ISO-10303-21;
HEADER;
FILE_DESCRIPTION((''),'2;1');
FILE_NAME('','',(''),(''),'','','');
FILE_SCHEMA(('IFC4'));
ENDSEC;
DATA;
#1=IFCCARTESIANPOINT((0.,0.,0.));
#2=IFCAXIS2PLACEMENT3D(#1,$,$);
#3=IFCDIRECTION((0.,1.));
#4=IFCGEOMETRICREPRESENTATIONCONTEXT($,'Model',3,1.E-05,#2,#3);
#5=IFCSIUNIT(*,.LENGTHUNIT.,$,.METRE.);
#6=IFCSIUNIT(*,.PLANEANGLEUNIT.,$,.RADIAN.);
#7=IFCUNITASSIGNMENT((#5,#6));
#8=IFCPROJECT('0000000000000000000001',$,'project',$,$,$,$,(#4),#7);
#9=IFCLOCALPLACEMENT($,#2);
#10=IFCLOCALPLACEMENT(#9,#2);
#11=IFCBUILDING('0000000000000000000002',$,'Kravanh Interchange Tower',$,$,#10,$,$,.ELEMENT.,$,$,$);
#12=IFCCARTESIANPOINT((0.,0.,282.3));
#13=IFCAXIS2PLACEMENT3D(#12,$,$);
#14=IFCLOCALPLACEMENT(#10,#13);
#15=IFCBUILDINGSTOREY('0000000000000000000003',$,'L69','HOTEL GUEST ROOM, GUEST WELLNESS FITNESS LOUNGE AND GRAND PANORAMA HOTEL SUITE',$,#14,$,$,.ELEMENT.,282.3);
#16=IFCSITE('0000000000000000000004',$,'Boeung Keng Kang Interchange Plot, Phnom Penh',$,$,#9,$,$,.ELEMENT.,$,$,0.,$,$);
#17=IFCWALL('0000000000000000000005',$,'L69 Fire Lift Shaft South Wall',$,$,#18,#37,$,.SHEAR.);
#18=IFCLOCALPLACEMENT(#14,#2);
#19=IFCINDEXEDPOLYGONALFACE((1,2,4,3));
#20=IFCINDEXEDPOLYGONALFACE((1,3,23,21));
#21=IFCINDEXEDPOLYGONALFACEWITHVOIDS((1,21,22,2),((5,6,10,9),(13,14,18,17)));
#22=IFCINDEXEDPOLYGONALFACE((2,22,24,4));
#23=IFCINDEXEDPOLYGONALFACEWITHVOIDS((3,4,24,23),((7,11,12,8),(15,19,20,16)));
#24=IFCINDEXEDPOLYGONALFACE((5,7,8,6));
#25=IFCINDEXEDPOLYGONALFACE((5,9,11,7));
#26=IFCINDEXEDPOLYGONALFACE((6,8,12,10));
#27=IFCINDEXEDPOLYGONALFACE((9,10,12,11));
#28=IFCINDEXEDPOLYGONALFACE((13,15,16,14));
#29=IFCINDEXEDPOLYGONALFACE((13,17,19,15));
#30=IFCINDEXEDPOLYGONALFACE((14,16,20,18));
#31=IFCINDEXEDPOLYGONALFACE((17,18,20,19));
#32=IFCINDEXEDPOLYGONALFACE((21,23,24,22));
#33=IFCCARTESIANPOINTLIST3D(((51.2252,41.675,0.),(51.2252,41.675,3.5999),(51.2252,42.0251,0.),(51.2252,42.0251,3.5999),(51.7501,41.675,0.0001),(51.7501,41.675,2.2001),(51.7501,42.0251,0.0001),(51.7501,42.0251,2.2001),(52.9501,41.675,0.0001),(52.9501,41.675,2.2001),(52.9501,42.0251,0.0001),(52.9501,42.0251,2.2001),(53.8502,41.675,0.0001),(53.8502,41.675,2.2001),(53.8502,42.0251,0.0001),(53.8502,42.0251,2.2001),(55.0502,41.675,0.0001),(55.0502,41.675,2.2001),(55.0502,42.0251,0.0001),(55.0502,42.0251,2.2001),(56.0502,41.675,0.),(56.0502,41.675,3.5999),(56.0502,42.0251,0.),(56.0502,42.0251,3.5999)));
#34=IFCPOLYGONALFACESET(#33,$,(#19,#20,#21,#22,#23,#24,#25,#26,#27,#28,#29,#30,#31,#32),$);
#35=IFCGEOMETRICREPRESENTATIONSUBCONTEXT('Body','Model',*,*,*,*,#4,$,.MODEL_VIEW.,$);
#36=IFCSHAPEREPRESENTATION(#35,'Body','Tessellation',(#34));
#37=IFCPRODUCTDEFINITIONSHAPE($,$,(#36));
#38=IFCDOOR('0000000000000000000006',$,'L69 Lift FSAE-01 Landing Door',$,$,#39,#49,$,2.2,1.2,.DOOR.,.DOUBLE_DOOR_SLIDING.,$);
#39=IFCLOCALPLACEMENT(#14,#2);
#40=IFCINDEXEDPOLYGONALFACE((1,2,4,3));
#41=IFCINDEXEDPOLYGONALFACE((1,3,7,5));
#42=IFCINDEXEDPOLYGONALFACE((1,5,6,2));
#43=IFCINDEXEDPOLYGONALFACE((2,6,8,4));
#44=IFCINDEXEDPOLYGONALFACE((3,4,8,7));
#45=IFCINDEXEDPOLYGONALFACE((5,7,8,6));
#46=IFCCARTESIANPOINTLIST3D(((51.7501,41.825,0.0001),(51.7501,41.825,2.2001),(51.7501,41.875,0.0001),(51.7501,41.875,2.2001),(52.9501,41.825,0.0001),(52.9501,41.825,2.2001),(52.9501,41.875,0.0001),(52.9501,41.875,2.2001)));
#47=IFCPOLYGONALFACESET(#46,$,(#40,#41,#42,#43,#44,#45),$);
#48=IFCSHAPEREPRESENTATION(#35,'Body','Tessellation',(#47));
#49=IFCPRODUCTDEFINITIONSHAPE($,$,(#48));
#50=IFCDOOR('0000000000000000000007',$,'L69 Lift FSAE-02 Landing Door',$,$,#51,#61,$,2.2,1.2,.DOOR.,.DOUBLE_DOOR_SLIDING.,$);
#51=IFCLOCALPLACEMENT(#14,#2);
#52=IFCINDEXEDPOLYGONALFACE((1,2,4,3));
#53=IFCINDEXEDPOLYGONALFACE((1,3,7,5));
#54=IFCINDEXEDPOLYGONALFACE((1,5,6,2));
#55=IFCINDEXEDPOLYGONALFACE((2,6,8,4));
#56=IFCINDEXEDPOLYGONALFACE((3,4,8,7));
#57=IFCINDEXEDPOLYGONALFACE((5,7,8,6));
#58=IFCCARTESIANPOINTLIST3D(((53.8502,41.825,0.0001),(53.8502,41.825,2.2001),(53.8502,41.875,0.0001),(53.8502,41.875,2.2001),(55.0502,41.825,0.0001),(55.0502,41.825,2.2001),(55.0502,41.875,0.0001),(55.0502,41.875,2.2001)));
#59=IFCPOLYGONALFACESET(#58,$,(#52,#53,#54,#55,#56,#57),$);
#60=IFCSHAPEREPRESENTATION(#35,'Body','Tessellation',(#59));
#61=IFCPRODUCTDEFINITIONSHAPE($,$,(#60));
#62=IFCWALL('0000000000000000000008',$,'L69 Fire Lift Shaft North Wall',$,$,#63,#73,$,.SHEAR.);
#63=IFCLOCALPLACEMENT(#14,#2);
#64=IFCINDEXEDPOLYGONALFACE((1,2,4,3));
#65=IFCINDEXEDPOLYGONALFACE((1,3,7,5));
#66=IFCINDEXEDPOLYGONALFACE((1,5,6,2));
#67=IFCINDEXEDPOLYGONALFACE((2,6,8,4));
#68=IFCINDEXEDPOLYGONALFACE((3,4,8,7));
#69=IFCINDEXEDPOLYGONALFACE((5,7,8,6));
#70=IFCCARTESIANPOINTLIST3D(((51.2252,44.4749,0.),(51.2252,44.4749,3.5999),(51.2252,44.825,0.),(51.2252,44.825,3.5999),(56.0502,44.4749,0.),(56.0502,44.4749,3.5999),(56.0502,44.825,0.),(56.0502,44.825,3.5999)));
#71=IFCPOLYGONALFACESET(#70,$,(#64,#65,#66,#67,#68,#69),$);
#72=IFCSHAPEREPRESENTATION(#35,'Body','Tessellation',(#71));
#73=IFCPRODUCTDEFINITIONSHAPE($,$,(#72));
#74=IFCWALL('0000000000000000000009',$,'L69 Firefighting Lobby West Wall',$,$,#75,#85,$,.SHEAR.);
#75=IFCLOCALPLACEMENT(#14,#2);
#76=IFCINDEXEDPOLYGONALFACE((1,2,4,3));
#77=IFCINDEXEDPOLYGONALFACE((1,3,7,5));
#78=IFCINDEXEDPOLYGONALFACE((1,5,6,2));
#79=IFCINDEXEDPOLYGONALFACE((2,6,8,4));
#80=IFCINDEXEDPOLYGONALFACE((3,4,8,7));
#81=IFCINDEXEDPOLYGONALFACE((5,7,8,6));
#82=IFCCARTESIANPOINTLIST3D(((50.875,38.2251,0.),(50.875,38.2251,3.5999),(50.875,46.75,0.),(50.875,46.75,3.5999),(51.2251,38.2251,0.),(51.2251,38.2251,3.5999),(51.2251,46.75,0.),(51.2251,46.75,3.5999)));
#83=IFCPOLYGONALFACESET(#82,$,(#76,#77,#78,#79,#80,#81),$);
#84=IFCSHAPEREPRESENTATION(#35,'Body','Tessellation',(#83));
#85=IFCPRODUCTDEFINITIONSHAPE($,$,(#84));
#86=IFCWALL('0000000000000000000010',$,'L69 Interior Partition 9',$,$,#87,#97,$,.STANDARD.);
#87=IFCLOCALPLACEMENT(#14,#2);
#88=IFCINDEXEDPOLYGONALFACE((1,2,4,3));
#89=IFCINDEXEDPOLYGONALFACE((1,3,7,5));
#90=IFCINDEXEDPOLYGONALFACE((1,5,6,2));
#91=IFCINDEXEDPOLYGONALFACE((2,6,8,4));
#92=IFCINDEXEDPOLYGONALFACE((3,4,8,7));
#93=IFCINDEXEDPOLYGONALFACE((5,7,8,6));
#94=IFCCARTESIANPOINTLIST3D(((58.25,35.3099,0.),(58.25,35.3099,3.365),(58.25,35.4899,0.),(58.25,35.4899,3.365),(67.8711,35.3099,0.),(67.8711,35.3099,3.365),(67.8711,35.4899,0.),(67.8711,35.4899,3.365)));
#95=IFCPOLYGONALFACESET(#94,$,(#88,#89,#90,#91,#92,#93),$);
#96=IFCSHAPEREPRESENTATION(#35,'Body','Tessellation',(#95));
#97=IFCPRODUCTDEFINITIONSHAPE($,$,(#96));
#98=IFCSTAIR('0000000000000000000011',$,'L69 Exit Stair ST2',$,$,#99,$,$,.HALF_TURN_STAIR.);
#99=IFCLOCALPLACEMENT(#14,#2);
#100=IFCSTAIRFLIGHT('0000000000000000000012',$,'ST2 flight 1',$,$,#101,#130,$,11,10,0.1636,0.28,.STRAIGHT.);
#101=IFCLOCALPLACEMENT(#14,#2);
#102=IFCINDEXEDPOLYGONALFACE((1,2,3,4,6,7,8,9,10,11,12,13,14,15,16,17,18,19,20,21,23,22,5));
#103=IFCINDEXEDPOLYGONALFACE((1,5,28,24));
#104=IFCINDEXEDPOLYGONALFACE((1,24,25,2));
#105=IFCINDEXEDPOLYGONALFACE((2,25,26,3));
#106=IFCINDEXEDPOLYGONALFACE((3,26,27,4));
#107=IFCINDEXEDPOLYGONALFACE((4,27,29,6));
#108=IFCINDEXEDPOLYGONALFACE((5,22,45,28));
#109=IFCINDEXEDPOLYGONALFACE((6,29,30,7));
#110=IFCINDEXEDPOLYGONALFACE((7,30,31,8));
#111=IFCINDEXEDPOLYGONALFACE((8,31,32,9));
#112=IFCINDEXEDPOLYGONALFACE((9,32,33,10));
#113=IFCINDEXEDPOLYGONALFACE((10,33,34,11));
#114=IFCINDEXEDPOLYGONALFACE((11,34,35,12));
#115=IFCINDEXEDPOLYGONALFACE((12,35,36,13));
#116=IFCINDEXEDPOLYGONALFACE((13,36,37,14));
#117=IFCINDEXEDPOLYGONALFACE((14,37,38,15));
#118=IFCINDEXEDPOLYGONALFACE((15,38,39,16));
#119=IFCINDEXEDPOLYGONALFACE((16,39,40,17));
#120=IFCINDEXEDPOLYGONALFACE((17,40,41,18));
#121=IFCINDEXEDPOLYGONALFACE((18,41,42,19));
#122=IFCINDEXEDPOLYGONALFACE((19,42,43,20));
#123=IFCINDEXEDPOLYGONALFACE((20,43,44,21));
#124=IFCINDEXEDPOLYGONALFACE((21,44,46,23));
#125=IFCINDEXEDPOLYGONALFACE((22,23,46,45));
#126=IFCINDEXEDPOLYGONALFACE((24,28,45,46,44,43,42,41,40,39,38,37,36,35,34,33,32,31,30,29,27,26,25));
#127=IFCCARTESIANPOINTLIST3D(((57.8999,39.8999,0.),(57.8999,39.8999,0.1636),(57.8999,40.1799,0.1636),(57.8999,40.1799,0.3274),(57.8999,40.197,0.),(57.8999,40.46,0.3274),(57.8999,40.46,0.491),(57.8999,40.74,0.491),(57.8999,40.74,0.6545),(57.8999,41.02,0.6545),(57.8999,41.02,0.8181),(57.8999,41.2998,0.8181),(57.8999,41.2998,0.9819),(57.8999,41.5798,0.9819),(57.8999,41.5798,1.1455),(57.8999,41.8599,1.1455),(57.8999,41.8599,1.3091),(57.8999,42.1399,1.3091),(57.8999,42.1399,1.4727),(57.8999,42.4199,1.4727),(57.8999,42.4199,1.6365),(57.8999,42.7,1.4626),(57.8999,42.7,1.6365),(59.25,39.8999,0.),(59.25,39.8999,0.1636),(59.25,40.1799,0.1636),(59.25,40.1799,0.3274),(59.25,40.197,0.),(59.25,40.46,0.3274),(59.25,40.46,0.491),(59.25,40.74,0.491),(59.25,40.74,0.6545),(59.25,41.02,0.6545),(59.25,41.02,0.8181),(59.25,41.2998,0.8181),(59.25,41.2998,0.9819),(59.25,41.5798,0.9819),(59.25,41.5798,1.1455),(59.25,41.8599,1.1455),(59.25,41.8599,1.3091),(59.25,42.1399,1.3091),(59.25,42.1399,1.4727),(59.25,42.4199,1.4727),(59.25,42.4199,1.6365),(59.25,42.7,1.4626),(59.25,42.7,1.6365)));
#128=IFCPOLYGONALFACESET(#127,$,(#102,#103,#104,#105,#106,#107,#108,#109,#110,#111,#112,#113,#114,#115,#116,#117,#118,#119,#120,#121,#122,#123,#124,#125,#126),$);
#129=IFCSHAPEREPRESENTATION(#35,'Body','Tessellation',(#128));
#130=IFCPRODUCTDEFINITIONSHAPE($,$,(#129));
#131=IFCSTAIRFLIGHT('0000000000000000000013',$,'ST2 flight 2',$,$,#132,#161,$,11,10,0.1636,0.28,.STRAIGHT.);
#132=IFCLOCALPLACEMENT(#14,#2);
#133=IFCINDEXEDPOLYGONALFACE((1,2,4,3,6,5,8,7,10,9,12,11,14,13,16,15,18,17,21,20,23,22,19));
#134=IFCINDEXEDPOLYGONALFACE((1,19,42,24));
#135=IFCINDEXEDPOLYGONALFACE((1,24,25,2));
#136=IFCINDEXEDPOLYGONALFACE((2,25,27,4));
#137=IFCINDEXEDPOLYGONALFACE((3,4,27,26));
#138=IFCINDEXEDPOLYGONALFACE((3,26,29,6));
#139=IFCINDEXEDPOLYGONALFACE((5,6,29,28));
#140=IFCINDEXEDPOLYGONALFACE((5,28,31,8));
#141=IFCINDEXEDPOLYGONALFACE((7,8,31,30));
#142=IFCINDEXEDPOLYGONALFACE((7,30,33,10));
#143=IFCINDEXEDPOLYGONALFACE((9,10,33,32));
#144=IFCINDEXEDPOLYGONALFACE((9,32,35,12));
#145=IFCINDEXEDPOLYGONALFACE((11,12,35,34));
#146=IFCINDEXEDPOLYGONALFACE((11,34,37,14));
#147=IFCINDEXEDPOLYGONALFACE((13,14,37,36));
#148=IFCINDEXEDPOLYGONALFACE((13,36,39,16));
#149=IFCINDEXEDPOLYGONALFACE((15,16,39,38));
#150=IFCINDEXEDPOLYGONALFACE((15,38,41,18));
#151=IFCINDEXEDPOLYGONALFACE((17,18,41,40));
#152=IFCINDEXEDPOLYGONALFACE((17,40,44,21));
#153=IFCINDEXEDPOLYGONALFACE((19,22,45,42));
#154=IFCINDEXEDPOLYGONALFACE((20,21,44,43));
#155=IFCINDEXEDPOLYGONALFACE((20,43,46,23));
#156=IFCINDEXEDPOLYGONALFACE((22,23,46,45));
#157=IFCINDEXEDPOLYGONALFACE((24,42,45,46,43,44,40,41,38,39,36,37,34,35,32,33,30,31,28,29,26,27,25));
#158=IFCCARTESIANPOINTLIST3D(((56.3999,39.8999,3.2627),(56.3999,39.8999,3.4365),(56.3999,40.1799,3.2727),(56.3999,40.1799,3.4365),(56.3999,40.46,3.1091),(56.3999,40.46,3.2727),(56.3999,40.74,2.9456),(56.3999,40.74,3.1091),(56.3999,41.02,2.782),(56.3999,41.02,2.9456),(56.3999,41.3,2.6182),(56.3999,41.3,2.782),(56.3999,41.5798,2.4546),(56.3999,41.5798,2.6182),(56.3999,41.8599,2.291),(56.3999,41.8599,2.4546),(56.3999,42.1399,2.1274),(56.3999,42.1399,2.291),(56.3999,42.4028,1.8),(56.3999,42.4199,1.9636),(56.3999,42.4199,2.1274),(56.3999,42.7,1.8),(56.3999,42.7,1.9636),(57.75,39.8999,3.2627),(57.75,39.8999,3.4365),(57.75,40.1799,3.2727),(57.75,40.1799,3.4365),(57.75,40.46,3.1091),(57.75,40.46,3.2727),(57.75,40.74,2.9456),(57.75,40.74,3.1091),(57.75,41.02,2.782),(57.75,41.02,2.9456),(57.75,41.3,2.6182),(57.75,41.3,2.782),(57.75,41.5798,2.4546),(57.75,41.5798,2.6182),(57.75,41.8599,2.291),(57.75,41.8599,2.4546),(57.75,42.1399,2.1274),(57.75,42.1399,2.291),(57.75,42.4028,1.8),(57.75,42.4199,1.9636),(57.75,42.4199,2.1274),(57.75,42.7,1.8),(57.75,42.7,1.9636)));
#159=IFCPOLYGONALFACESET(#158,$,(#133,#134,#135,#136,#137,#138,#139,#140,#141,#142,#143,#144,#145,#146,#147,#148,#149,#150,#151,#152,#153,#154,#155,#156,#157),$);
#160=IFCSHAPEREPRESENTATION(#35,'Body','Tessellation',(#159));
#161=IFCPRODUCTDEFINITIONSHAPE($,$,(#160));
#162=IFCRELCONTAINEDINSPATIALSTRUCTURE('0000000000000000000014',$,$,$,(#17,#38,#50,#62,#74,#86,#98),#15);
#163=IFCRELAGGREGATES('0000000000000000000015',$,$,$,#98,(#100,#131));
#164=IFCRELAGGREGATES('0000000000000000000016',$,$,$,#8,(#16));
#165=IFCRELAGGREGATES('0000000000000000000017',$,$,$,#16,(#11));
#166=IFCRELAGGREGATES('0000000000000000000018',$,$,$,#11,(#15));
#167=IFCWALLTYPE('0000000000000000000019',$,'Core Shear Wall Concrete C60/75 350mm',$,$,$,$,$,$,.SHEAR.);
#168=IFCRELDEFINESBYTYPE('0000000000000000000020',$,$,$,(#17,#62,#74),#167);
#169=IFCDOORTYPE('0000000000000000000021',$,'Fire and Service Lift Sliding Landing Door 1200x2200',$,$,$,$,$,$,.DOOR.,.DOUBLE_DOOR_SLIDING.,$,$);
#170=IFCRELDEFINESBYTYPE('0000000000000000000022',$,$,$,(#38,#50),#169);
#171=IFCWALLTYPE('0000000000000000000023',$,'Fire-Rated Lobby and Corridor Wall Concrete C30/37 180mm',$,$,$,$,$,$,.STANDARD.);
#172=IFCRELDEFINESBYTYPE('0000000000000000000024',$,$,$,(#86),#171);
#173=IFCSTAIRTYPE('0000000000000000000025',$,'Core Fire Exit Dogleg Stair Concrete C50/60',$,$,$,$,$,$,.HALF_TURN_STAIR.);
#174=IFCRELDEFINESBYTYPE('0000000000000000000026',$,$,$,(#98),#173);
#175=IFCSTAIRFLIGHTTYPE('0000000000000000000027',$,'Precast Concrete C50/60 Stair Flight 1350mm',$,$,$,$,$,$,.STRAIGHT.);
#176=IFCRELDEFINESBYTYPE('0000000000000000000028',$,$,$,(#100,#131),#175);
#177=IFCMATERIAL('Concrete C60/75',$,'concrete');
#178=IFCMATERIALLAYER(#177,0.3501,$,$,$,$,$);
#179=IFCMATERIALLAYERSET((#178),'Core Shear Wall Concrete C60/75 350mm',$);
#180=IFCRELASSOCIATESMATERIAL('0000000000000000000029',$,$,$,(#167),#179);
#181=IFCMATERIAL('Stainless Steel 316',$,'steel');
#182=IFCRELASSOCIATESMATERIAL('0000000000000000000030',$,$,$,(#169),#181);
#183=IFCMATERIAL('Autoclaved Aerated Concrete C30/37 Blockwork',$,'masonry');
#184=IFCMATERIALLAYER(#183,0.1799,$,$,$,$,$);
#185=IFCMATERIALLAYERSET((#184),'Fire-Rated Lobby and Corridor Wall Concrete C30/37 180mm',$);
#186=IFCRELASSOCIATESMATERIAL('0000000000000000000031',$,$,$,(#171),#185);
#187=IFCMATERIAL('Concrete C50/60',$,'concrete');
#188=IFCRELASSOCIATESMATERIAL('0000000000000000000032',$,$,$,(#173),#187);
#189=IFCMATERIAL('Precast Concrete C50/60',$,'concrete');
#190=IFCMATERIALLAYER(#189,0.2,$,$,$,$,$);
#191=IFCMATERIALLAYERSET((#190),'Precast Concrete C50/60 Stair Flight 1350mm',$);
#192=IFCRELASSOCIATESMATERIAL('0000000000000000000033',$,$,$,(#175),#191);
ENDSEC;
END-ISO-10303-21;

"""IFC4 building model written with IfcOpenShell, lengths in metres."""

from ifc_helpers import new_model, si_unit, direction, frame, frame_2d, origin, place, context, subcontext, project, spatial, polyline, rectangle, outline, extrude, material, layer, layer_set, type_object, element, fill, aggregate, save


model = new_model("IFC4")

# Units and contexts
model_context = context("Model", 3, precision=1e-05, world=origin(), true_north=direction((0.0, 1.0)))
body_context = subcontext(model_context, "Body", "Model", "MODEL_VIEW")
ifc_project = project(units=[si_unit("LENGTHUNIT", "METRE"), si_unit("PLANEANGLEUNIT", "RADIAN")], contexts=[model_context])

# Site, building, storey
site_placement = place(None, origin())
site = spatial("IfcSite", under=ifc_project, at=site_placement, Name="Boeung Keng Kang Interchange Plot, Phnom Penh", CompositionType="ELEMENT", RefElevation=0.0)
building_placement = place(site_placement, origin())
building = spatial("IfcBuilding", under=site, at=building_placement, Name="Kravanh Interchange Tower", CompositionType="ELEMENT")
storey_placement = place(building_placement, frame((0.0, 0.0, 282.3)))
storey = spatial("IfcBuildingStorey", under=building, at=storey_placement, Name="L69", Description="HOTEL GUEST ROOM, GUEST WELLNESS FITNESS LOUNGE AND GRAND PANORAMA HOTEL SUITE", CompositionType="ELEMENT", Elevation=282.3)

# Shared definitions
ifc_material_1 = material(Name="Concrete C60/75", Category="concrete")
ifc_layer_1 = layer(ifc_material_1, 0.3501)
ifc_layer_set_1 = layer_set([ifc_layer_1], Name="Core Shear Wall Concrete C60/75 350mm")
wall_type_1 = type_object("IfcWallType", Name="Core Shear Wall Concrete C60/75 350mm", PredefinedType="SHEAR", material=ifc_layer_set_1)

# Wall, openings, doors
wall_1_placement = place(storey_placement, frame((51.2251, 41.8501, 0.0), z_axis=(0.0, 0.0, 1.0), x_axis=(1.0, 0.0, 0.0)))
wall_1 = element("IfcWall", 1, at=wall_1_placement, inside=storey, type_object=wall_type_1, Name="L69 Fire Lift Shaft South Wall", PredefinedType="SHEAR", context=body_context, shape_type="SweptSolid", body=[
    extrude(rectangle(XDim=4.825, YDim=0.3501, at=frame_2d((2.4126, 0.0))), origin(), (0.0, 0.0, 1.0), 3.5999),
])
opening_1_placement = place(wall_1_placement, frame((0.5249, 0.0, 0.0)))
opening_1 = element("IfcOpeningElement", 2, at=opening_1_placement, cuts=wall_1, PredefinedType="OPENING", context=body_context, shape_type="SweptSolid", body=[
    extrude(rectangle(XDim=1.2, YDim=2.2, at=frame_2d((0.6001, 1.1001))), frame((0.0, 0.1851, 0.0), z_axis=(0.0, -1.0, 0.0), x_axis=(1.0, 0.0, 0.0)), (0.0, 0.0, 1.0), 0.3701),
])
opening_2_placement = place(wall_1_placement, frame((2.625, 0.0, 0.0)))
opening_2 = element("IfcOpeningElement", 3, at=opening_2_placement, cuts=wall_1, PredefinedType="OPENING", context=body_context, shape_type="SweptSolid", body=[
    extrude(rectangle(XDim=1.2, YDim=2.2, at=frame_2d((0.6001, 1.1001))), frame((0.0, 0.1851, 0.0), z_axis=(0.0, -1.0, 0.0), x_axis=(1.0, 0.0, 0.0)), (0.0, 0.0, 1.0), 0.3701),
])
ifc_material_2 = material(Name="Stainless Steel 316", Category="steel")
door_type_1 = type_object("IfcDoorType", Name="Fire and Service Lift Sliding Landing Door 1200x2200", OperationType="DOUBLE_DOOR_SLIDING", PredefinedType="DOOR", material=ifc_material_2)
door_1_placement = place(opening_1_placement, origin())
door_1 = element("IfcDoor", 4, at=door_1_placement, inside=storey, type_object=door_type_1, Name="L69 Lift FSAE-01 Landing Door", OperationType="DOUBLE_DOOR_SLIDING", OverallHeight=2.2, OverallWidth=1.2, PredefinedType="DOOR", context=body_context, shape_type="SweptSolid", body=[
    extrude(rectangle(XDim=1.2, YDim=2.2, at=frame_2d((0.6001, 1.1001))), frame((0.0, 0.0249, 0.0), z_axis=(0.0, -1.0, 0.0), x_axis=(1.0, 0.0, 0.0)), (0.0, 0.0, 1.0), 0.05),
])
fill(opening_1, door_1)
door_2_placement = place(opening_2_placement, origin())
door_2 = element("IfcDoor", 5, at=door_2_placement, inside=storey, type_object=door_type_1, Name="L69 Lift FSAE-02 Landing Door", OperationType="DOUBLE_DOOR_SLIDING", OverallHeight=2.2, OverallWidth=1.2, PredefinedType="DOOR", context=body_context, shape_type="SweptSolid", body=[
    extrude(rectangle(XDim=1.2, YDim=2.2, at=frame_2d((0.6001, 1.1001))), frame((0.0, 0.0249, 0.0), z_axis=(0.0, -1.0, 0.0), x_axis=(1.0, 0.0, 0.0)), (0.0, 0.0, 1.0), 0.05),
])
fill(opening_2, door_2)

# Walls
wall_2_placement = place(storey_placement, frame((51.2251, 44.6499, 0.0), z_axis=(0.0, 0.0, 1.0), x_axis=(1.0, 0.0, 0.0)))
element("IfcWall", 6, at=wall_2_placement, inside=storey, type_object=wall_type_1, Name="L69 Fire Lift Shaft North Wall", PredefinedType="SHEAR", context=body_context, shape_type="SweptSolid", body=[
    extrude(rectangle(XDim=4.825, YDim=0.3501, at=frame_2d((2.4126, 0.0))), origin(), (0.0, 0.0, 1.0), 3.5999),
])
wall_3_placement = place(storey_placement, frame((51.05, 38.2251, 0.0), z_axis=(0.0, 0.0, 1.0), x_axis=(0.0, 1.0, 0.0)))
element("IfcWall", 7, at=wall_3_placement, inside=storey, type_object=wall_type_1, Name="L69 Firefighting Lobby West Wall", PredefinedType="SHEAR", context=body_context, shape_type="SweptSolid", body=[
    extrude(rectangle(XDim=8.5249, YDim=0.3501, at=frame_2d((4.2625, 0.0))), origin(), (0.0, 0.0, 1.0), 3.5999),
])

# Wall
ifc_material_3 = material(Name="Autoclaved Aerated Concrete C30/37 Blockwork", Category="masonry")
ifc_layer_2 = layer(ifc_material_3, 0.1799)
ifc_layer_set_2 = layer_set([ifc_layer_2], Name="Fire-Rated Lobby and Corridor Wall Concrete C30/37 180mm")
wall_type_2 = type_object("IfcWallType", Name="Fire-Rated Lobby and Corridor Wall Concrete C30/37 180mm", PredefinedType="STANDARD", material=ifc_layer_set_2)
wall_4_placement = place(storey_placement, frame((58.25, 35.3999, 0.0), z_axis=(0.0, 0.0, 1.0), x_axis=(1.0, 0.0, 0.0)))
element("IfcWall", 8, at=wall_4_placement, inside=storey, type_object=wall_type_2, Name="L69 Interior Partition 9", PredefinedType="STANDARD", context=body_context, shape_type="SweptSolid", body=[
    extrude(rectangle(XDim=9.6211, YDim=0.1799, at=frame_2d((4.8105, 0.0))), origin(), (0.0, 0.0, 1.0), 3.365),
])

# Stair, stair flights
ifc_material_4 = material(Name="Concrete C50/60", Category="concrete")
stair_type = type_object("IfcStairType", Name="Core Fire Exit Dogleg Stair Concrete C50/60", PredefinedType="HALF_TURN_STAIR", material=ifc_material_4)
stair_placement = place(storey_placement, origin())
stair = element("IfcStair", 9, at=stair_placement, inside=storey, type_object=stair_type, Name="L69 Exit Stair ST2", PredefinedType="HALF_TURN_STAIR")
ifc_material_5 = material(Name="Precast Concrete C50/60", Category="concrete")
ifc_layer_3 = layer(ifc_material_5, 0.2)
ifc_layer_set_3 = layer_set([ifc_layer_3], Name="Precast Concrete C50/60 Stair Flight 1350mm")
stair_flight_type = type_object("IfcStairFlightType", Name="Precast Concrete C50/60 Stair Flight 1350mm", PredefinedType="STRAIGHT", material=ifc_layer_set_3)
stair_flight_1_placement = place(storey_placement, frame((58.575, 39.8999, 0.0), z_axis=(0.0, 0.0, 1.0), x_axis=(0.0, 1.0, 0.0)))
stair_flight_1 = element("IfcStairFlight", 10, at=stair_flight_1_placement, type_object=stair_flight_type, Name="ST2 flight 1", NumberOfRisers=11, NumberOfTreads=10, PredefinedType="STRAIGHT", RiserHeight=0.1636, TreadLength=0.28, context=body_context, shape_type="SweptSolid", body=[
    extrude(outline(polyline([(0.0, 0.0), (0.0, 0.1636), (0.28, 0.1636), (0.28, 0.3274), (0.5601, 0.3274), (0.5601, 0.491), (0.8401, 0.491), (0.8401, 0.6545), (1.1201, 0.6545), (1.1201, 0.8181), (1.3999, 0.8181), (1.3999, 0.9819), (1.6799, 0.9819), (1.6799, 1.1455), (1.96, 1.1455), (1.96, 1.3091), (2.24, 1.3091), (2.24, 1.4727), (2.52, 1.4727), (2.52, 1.6365), (2.8, 1.6365), (2.8, 1.8), (2.8, 1.4626), (0.2971, 0.0), (0.0, 0.0)])), frame((0.0, 0.675, 0.0), z_axis=(0.0, -1.0, 0.0), x_axis=(1.0, 0.0, 0.0)), (0.0, 0.0, 1.0), 1.3501),
])
stair_flight_2_placement = place(storey_placement, frame((57.075, 42.7, 1.8), z_axis=(0.0, 0.0, 1.0), x_axis=(0.0, -1.0, 0.0)))
stair_flight_2 = element("IfcStairFlight", 11, at=stair_flight_2_placement, type_object=stair_flight_type, Name="ST2 flight 2", NumberOfRisers=11, NumberOfTreads=10, PredefinedType="STRAIGHT", RiserHeight=0.1636, TreadLength=0.28, context=body_context, shape_type="SweptSolid", body=[
    extrude(outline(polyline([(0.0, 0.0), (0.0, 0.1636), (0.28, 0.1636), (0.28, 0.3274), (0.5601, 0.3274), (0.5601, 0.491), (0.8401, 0.491), (0.8401, 0.6545), (1.1201, 0.6545), (1.1201, 0.8181), (1.3999, 0.8181), (1.3999, 0.9819), (1.6799, 0.9819), (1.6799, 1.1455), (1.96, 1.1455), (1.96, 1.3091), (2.24, 1.3091), (2.24, 1.4727), (2.52, 1.4727), (2.52, 1.6365), (2.8, 1.6365), (2.8, 1.8), (2.8, 1.4626), (0.2971, 0.0), (0.0, 0.0)])), frame((0.0, 0.675, 0.0), z_axis=(0.0, -1.0, 0.0), x_axis=(1.0, 0.0, 0.0)), (0.0, 0.0, 1.0), 1.3501),
])
aggregate(stair, [stair_flight_1, stair_flight_2])

save(model, "model.ifc")
